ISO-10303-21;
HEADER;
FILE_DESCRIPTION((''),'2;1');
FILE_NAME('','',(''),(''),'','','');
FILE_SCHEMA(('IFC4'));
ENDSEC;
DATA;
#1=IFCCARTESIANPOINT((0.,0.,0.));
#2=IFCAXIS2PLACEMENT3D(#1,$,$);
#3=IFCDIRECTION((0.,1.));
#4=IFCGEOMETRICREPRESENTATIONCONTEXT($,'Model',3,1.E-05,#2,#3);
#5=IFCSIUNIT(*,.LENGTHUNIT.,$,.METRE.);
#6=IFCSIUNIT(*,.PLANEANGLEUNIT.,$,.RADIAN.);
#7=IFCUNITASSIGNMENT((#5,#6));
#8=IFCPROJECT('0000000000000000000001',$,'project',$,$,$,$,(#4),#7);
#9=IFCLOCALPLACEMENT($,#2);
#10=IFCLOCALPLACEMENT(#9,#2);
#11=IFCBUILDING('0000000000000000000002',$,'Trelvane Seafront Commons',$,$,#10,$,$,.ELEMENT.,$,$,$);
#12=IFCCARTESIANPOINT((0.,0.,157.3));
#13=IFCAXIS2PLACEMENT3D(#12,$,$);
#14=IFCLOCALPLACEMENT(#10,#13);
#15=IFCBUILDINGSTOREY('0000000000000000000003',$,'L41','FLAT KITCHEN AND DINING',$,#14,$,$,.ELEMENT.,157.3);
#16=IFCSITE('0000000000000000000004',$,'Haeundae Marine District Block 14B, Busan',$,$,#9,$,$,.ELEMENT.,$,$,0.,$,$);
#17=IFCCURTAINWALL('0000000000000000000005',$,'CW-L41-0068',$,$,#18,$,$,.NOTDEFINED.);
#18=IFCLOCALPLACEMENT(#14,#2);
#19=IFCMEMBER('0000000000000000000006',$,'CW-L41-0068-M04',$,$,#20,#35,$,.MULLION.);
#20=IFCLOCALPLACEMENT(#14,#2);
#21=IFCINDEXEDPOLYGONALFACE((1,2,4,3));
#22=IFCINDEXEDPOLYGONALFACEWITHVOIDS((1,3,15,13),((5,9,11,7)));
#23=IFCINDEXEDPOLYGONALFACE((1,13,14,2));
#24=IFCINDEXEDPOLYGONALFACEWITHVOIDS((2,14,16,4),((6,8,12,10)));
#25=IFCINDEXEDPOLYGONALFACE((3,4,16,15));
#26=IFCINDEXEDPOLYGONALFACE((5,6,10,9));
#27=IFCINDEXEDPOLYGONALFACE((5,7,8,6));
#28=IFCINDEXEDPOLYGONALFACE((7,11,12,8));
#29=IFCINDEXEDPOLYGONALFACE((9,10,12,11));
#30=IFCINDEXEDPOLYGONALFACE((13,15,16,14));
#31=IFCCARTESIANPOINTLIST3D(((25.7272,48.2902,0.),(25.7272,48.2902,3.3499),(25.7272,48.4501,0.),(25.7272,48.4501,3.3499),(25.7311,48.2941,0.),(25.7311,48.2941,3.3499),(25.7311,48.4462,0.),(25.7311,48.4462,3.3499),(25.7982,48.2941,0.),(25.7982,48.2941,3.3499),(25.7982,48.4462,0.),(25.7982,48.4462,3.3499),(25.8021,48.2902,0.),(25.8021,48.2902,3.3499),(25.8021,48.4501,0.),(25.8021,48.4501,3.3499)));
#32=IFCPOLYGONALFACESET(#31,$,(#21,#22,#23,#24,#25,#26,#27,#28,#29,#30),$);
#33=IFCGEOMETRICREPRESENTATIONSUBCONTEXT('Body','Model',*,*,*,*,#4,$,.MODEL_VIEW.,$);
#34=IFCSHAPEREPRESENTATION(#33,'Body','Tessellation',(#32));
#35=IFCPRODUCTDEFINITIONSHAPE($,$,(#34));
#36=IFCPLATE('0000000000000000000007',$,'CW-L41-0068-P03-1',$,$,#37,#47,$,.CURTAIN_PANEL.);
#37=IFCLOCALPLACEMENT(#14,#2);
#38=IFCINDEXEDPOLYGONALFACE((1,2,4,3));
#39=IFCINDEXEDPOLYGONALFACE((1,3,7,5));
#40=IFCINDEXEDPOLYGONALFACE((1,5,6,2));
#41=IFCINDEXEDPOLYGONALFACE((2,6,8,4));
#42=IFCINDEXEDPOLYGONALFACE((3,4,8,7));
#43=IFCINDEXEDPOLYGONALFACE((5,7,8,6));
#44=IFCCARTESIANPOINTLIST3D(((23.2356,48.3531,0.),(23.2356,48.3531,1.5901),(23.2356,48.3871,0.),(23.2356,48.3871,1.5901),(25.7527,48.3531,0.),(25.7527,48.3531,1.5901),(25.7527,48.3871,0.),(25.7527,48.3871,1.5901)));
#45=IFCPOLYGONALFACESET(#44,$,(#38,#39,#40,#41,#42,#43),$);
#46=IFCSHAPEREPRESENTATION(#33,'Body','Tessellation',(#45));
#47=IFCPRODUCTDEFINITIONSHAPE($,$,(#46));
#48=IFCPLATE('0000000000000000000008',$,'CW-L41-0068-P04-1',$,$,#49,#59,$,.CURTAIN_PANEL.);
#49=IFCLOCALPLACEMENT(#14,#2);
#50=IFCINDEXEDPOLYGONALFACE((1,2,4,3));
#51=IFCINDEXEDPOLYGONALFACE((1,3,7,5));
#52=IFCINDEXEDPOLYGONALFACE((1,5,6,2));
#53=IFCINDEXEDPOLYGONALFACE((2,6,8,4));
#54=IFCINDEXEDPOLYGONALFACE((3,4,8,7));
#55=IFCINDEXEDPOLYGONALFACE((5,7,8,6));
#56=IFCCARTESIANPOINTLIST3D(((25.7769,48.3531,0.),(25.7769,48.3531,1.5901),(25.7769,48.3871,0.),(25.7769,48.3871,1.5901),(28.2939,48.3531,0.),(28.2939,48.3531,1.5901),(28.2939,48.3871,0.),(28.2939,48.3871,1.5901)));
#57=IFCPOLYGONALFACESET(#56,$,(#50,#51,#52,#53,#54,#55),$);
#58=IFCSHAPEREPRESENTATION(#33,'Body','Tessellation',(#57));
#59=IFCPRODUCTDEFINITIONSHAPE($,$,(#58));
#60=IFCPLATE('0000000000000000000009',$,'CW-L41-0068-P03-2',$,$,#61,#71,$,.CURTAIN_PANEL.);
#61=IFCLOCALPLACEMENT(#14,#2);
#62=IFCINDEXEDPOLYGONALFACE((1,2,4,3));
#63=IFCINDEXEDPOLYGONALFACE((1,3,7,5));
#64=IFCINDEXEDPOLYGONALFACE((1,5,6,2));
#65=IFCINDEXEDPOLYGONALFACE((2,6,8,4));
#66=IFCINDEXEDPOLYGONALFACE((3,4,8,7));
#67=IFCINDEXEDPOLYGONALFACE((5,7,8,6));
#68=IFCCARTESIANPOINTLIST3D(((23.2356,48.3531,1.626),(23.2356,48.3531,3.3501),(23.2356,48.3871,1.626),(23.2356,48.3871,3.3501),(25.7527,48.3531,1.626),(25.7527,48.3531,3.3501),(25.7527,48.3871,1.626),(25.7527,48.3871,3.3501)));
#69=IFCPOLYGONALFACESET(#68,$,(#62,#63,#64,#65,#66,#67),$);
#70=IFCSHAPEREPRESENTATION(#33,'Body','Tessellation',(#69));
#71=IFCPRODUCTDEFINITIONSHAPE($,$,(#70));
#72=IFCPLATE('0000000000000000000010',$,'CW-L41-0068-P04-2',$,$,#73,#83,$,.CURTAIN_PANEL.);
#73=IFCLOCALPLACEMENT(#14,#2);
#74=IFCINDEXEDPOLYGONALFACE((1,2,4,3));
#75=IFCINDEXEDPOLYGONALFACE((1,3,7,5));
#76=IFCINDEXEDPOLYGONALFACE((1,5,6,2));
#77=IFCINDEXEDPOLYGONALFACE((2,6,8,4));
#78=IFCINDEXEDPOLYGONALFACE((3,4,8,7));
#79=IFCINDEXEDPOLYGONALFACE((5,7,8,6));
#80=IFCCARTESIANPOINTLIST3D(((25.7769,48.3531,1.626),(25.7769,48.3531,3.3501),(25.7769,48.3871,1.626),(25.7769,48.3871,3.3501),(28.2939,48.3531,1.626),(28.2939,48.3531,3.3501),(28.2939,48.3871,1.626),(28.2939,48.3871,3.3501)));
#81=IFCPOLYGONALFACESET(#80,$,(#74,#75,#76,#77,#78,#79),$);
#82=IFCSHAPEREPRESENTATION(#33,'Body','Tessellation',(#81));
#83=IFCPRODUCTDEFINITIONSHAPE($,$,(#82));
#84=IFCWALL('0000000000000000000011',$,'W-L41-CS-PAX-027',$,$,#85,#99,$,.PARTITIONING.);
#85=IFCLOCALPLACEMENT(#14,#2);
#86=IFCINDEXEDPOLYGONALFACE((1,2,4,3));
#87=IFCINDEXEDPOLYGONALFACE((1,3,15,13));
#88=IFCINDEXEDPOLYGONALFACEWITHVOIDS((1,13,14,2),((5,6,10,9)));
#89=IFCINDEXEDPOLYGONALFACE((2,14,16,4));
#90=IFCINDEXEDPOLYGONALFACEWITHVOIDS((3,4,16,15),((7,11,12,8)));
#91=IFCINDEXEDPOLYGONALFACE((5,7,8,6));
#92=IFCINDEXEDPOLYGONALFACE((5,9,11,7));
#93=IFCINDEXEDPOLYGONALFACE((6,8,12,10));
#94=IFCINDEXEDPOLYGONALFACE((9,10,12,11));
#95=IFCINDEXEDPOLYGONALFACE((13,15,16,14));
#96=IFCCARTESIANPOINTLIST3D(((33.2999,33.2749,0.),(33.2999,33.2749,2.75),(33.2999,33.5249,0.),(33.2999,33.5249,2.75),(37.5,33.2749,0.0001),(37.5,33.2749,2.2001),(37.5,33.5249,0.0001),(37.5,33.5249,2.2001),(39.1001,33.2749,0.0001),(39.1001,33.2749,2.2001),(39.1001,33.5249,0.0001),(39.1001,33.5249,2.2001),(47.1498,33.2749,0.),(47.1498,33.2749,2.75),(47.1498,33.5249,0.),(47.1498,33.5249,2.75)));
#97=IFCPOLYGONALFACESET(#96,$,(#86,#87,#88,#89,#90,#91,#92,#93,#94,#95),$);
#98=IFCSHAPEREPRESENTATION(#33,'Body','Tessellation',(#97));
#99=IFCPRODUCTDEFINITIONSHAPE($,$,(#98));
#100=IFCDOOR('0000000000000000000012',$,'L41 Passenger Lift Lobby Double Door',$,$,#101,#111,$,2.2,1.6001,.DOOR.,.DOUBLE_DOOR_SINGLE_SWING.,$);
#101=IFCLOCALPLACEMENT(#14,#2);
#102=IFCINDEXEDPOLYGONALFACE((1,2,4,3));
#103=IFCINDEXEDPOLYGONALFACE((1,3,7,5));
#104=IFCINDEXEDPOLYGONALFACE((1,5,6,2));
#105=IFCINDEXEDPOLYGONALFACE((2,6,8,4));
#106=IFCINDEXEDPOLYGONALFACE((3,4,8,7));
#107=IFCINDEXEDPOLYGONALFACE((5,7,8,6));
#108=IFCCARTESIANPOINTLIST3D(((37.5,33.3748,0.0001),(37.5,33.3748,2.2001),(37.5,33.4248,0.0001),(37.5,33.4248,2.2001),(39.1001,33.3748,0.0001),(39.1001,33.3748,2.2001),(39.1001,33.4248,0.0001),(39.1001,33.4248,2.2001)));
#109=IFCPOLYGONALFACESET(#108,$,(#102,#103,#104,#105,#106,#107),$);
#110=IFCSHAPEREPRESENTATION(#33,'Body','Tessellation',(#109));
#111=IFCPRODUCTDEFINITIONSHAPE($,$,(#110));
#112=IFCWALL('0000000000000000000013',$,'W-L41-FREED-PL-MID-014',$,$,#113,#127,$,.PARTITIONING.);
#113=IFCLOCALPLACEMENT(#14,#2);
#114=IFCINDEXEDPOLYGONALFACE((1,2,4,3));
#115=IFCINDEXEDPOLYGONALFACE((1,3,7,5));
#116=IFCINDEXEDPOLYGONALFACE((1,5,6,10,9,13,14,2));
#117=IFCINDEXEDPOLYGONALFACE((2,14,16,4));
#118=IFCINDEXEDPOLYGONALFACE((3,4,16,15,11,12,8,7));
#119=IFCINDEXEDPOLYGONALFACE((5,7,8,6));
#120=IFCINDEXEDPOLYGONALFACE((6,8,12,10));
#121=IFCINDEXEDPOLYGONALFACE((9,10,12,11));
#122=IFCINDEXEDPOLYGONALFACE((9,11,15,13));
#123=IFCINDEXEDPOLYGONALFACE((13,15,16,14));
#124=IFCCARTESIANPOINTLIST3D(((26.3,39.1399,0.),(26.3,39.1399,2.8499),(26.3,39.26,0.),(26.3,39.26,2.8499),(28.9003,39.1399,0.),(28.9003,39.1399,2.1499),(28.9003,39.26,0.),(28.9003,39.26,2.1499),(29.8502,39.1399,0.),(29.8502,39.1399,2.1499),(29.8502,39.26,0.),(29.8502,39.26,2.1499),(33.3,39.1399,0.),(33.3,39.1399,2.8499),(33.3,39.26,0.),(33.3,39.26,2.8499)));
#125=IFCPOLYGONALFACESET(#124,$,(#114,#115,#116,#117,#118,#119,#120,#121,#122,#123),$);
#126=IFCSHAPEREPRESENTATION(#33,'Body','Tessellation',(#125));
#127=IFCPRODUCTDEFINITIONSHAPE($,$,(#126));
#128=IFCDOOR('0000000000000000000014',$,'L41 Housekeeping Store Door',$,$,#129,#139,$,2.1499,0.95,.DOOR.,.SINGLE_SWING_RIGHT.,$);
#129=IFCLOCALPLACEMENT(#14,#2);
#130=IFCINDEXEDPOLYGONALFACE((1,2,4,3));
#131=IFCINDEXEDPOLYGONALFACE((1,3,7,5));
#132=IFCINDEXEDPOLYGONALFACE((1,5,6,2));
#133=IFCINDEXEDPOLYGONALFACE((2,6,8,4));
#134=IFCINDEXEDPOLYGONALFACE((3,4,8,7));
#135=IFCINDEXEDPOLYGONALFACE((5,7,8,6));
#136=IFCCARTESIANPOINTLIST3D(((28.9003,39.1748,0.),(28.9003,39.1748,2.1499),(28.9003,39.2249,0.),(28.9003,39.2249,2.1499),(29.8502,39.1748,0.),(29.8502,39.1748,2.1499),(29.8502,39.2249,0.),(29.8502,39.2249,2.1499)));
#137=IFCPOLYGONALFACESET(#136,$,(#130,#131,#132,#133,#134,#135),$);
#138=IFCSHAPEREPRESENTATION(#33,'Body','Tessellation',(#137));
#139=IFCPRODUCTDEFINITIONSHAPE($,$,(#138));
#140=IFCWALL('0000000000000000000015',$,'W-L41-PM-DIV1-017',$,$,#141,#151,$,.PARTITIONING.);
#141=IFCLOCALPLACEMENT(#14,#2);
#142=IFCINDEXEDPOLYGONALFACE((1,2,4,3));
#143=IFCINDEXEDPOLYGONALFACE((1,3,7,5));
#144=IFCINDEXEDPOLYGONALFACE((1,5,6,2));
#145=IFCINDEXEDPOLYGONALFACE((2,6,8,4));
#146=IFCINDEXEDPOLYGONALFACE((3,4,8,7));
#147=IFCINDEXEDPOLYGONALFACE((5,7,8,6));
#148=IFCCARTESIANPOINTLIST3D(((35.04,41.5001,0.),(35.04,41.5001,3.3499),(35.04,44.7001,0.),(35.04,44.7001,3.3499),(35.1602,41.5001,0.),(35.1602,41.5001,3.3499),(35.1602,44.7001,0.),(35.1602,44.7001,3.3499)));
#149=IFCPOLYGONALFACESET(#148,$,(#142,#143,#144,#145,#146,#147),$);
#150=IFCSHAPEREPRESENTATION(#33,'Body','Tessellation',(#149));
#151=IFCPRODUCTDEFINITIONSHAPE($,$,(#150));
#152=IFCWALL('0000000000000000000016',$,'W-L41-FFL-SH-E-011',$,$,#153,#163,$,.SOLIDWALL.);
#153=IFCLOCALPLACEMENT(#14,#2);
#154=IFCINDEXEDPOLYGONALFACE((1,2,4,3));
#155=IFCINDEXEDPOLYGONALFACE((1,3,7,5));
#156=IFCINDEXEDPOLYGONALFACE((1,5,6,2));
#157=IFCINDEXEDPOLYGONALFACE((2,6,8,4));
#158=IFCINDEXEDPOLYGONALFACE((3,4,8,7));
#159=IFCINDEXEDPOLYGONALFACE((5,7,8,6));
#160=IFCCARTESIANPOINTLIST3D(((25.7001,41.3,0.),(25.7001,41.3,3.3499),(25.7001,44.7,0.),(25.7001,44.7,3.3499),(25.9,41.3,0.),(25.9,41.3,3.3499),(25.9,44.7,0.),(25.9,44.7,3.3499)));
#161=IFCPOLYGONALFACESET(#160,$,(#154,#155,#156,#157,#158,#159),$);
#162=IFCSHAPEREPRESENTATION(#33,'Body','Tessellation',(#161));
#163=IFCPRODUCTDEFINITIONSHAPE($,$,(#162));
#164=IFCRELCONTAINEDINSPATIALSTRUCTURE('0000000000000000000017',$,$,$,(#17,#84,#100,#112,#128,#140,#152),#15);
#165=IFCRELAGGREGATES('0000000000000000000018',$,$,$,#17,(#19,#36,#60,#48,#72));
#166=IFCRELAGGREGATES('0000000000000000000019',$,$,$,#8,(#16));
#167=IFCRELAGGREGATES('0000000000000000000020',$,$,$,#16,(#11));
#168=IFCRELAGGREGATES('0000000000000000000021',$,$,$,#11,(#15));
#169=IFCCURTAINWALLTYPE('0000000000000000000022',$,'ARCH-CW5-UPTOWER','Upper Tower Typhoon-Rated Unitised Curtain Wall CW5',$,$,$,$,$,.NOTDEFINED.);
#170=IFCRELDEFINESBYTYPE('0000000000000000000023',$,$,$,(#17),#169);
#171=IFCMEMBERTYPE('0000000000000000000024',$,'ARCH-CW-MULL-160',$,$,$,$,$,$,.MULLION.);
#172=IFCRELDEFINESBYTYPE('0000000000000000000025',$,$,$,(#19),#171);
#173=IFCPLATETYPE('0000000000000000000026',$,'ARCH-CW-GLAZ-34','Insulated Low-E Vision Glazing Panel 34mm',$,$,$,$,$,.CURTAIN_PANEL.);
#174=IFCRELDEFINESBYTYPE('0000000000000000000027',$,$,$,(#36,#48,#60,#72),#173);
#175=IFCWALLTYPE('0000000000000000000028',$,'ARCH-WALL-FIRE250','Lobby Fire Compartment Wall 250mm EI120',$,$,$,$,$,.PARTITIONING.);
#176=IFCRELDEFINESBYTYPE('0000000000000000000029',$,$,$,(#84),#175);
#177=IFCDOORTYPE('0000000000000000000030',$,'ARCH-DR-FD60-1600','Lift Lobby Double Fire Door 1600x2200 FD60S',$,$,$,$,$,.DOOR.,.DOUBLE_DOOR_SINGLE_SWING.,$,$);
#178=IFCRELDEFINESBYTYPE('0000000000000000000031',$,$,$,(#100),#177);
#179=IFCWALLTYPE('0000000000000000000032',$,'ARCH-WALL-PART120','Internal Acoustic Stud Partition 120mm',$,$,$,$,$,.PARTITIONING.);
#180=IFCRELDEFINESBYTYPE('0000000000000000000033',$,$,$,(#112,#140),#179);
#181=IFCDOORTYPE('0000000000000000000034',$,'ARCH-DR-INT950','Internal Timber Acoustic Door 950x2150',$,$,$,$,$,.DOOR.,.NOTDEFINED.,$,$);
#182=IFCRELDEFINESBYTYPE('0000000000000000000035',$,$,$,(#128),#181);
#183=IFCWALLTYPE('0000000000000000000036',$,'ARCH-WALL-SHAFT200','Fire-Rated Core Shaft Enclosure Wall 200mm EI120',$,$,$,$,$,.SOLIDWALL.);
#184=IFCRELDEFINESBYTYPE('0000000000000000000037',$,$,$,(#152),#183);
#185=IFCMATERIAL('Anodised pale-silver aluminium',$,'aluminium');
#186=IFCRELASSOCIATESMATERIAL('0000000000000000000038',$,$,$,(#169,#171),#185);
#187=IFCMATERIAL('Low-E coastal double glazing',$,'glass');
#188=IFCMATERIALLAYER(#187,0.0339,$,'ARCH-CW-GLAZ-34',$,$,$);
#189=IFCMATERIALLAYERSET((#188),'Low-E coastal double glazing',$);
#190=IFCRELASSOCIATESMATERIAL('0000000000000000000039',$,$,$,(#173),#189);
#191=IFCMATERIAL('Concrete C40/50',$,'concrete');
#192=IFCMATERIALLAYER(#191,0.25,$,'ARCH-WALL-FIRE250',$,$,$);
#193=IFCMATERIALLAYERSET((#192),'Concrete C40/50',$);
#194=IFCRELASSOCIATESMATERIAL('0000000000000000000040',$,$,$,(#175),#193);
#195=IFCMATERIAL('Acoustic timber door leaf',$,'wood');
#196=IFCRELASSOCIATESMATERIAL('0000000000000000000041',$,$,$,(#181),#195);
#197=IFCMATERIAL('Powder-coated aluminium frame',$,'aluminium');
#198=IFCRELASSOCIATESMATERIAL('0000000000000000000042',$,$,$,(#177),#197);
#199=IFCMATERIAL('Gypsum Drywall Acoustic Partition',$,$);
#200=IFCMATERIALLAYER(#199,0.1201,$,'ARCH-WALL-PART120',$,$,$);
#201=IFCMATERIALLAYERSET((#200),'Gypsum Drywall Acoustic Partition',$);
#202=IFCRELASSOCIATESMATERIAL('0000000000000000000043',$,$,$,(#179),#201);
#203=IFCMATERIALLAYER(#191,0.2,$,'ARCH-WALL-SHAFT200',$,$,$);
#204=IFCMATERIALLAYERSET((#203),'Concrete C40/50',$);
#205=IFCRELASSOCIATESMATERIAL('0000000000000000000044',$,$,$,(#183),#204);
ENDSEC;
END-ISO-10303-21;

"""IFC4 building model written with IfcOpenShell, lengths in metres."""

from ifc_helpers import new_model, si_unit, direction, frame, frame_2d, origin, origin_2d, place, context, subcontext, project, spatial, rectangle, hollow_rectangle, extrude, source, transform, mapped, material, layer, layer_set, material_profile, profile_set, type_object, element, fill, aggregate, save


model = new_model("IFC4")

# Units and contexts
model_context = context("Model", 3, precision=1e-05, world=origin(), true_north=direction((0.0, 1.0)))
body_context = subcontext(model_context, "Body", "Model", "MODEL_VIEW")
ifc_project = project(units=[si_unit("LENGTHUNIT", "METRE"), si_unit("PLANEANGLEUNIT", "RADIAN")], contexts=[model_context])

# Site, building, storey
site_placement = place(None, origin())
site = spatial("IfcSite", under=ifc_project, at=site_placement, Name="Haeundae Marine District Block 14B, Busan", CompositionType="ELEMENT", RefElevation=0.0)
building_placement = place(site_placement, origin())
building = spatial("IfcBuilding", under=site, at=building_placement, Name="Trelvane Seafront Commons", CompositionType="ELEMENT")
storey_placement = place(building_placement, frame((0.0, 0.0, 157.3)))
storey = spatial("IfcBuildingStorey", under=building, at=storey_placement, Name="L41", Description="FLAT KITCHEN AND DINING", CompositionType="ELEMENT", Elevation=157.3)

# Curtain wall, member, plates
ifc_material_1 = material(Name="Anodised pale-silver aluminium", Category="aluminium")
curtain_wall_type = type_object("IfcCurtainWallType", Name="ARCH-CW5-UPTOWER", Description="Upper Tower Typhoon-Rated Unitised Curtain Wall CW5", PredefinedType="NOTDEFINED", material=ifc_material_1)
curtain_wall_placement = place(storey_placement, origin())
curtain_wall = element("IfcCurtainWall", 1, at=curtain_wall_placement, inside=storey, type_object=curtain_wall_type, Name="CW-L41-0068", PredefinedType="NOTDEFINED")
ifc_material_profile_1 = material_profile(ifc_material_1, hollow_rectangle(XDim=0.075, YDim=0.1599, WallThickness=0.0039, at=origin_2d()), Name="MULL-75x160x4")
ifc_profile_set_1 = profile_set([ifc_material_profile_1], Name="Anodised pale-silver aluminium")
member_type_1 = type_object("IfcMemberType", Name="ARCH-CW-MULL-160", PredefinedType="MULLION", material=ifc_profile_set_1)
shared_shape_1 = source(origin(), body_context, "Body", "SweptSolid", [
    extrude(hollow_rectangle(XDim=0.075, YDim=0.1599, WallThickness=0.0039, at=origin_2d()), origin(), (0.0, 0.0, 1.0), 3.3499),
])
member_1_placement = place(storey_placement, frame((25.7646, 48.3701, 0.0), z_axis=(0.0, 0.0, 1.0), x_axis=(1.0, 0.0, 0.0)))
member_1 = element("IfcMember", 2, at=member_1_placement, type_object=member_type_1, Name="CW-L41-0068-M04", PredefinedType="MULLION", context=body_context, shape_type="MappedRepresentation", body=[
    mapped(shared_shape_1, transform((0.0, 0.0, 0.0), x_axis=(1.0, 0.0, 0.0), y_axis=(0.0, 1.0, 0.0), z_axis=(0.0, 0.0, 1.0), scale=1.0)),
])
ifc_material_2 = material(Name="Low-E coastal double glazing", Category="glass")
ifc_layer_1 = layer(ifc_material_2, 0.0339, Name="ARCH-CW-GLAZ-34")
ifc_layer_set_1 = layer_set([ifc_layer_1], Name="Low-E coastal double glazing")
plate_type = type_object("IfcPlateType", Name="ARCH-CW-GLAZ-34", Description="Insulated Low-E Vision Glazing Panel 34mm", PredefinedType="CURTAIN_PANEL", material=ifc_layer_set_1)
shared_shape_2 = source(origin(), body_context, "Body", "SweptSolid", [
    extrude(rectangle(XDim=2.5171, YDim=0.0339, at=origin_2d()), origin(), (0.0, 0.0, 1.0), 1.5901),
])
plate_1_placement = place(storey_placement, frame((24.4941, 48.3701, 0.0), z_axis=(0.0, 0.0, 1.0), x_axis=(1.0, 0.0, 0.0)))
plate_1 = element("IfcPlate", 3, at=plate_1_placement, type_object=plate_type, Name="CW-L41-0068-P03-1", PredefinedType="CURTAIN_PANEL", context=body_context, shape_type="MappedRepresentation", body=[
    mapped(shared_shape_2, transform((0.0, 0.0, 0.0), x_axis=(1.0, 0.0, 0.0), y_axis=(0.0, 1.0, 0.0), z_axis=(0.0, 0.0, 1.0), scale=1.0)),
])
plate_2_placement = place(storey_placement, frame((27.0354, 48.3701, 0.0), z_axis=(0.0, 0.0, 1.0), x_axis=(1.0, 0.0, 0.0)))
plate_2 = element("IfcPlate", 4, at=plate_2_placement, type_object=plate_type, Name="CW-L41-0068-P04-1", PredefinedType="CURTAIN_PANEL", context=body_context, shape_type="MappedRepresentation", body=[
    mapped(shared_shape_2, transform((0.0, 0.0, 0.0), x_axis=(1.0, 0.0, 0.0), y_axis=(0.0, 1.0, 0.0), z_axis=(0.0, 0.0, 1.0), scale=1.0)),
])
shared_shape_3 = source(origin(), body_context, "Body", "SweptSolid", [
    extrude(rectangle(XDim=2.5171, YDim=0.0339, at=origin_2d()), origin(), (0.0, 0.0, 1.0), 1.7241),
])
plate_3_placement = place(storey_placement, frame((24.4941, 48.3701, 1.626), z_axis=(0.0, 0.0, 1.0), x_axis=(1.0, 0.0, 0.0)))
plate_3 = element("IfcPlate", 5, at=plate_3_placement, type_object=plate_type, Name="CW-L41-0068-P03-2", PredefinedType="CURTAIN_PANEL", context=body_context, shape_type="MappedRepresentation", body=[
    mapped(shared_shape_3, transform((0.0, 0.0, 0.0), x_axis=(1.0, 0.0, 0.0), y_axis=(0.0, 1.0, 0.0), z_axis=(0.0, 0.0, 1.0), scale=1.0)),
])
plate_4_placement = place(storey_placement, frame((27.0354, 48.3701, 1.626), z_axis=(0.0, 0.0, 1.0), x_axis=(1.0, 0.0, 0.0)))
plate_4 = element("IfcPlate", 6, at=plate_4_placement, type_object=plate_type, Name="CW-L41-0068-P04-2", PredefinedType="CURTAIN_PANEL", context=body_context, shape_type="MappedRepresentation", body=[
    mapped(shared_shape_3, transform((0.0, 0.0, 0.0), x_axis=(1.0, 0.0, 0.0), y_axis=(0.0, 1.0, 0.0), z_axis=(0.0, 0.0, 1.0), scale=1.0)),
])
aggregate(curtain_wall, [member_1, plate_1, plate_3, plate_2, plate_4])

# Walls, openings, doors
ifc_material_3 = material(Name="Concrete C40/50", Category="concrete")
ifc_layer_2 = layer(ifc_material_3, 0.25, Name="ARCH-WALL-FIRE250")
ifc_layer_set_2 = layer_set([ifc_layer_2], Name="Concrete C40/50")
wall_type_1 = type_object("IfcWallType", Name="ARCH-WALL-FIRE250", Description="Lobby Fire Compartment Wall 250mm EI120", PredefinedType="PARTITIONING", material=ifc_layer_set_2)
ifc_material_4 = material(Name="Acoustic timber door leaf", Category="wood")
door_type_1 = type_object("IfcDoorType", Name="ARCH-DR-INT950", Description="Internal Timber Acoustic Door 950x2150", OperationType="NOTDEFINED", PredefinedType="DOOR", material=ifc_material_4)
shared_shape_4 = source(origin(), body_context, "Body", "SweptSolid", [
    extrude(rectangle(XDim=0.95, YDim=2.1499, at=frame_2d((0.4751, 1.075))), frame((0.0, 0.0249, 0.0), z_axis=(0.0, -1.0, 0.0), x_axis=(1.0, 0.0, 0.0)), (0.0, 0.0, 1.0), 0.05),
])
wall_1_placement = place(storey_placement, frame((33.3, 33.3999, 0.0), z_axis=(0.0, 0.0, 1.0), x_axis=(1.0, 0.0, 0.0)))
wall_1 = element("IfcWall", 7, at=wall_1_placement, inside=storey, type_object=wall_type_1, Name="W-L41-CS-PAX-027", PredefinedType="PARTITIONING", context=body_context, shape_type="SweptSolid", body=[
    extrude(rectangle(XDim=13.8499, YDim=0.25, at=frame_2d((6.9248, 0.0))), origin(), (0.0, 0.0, 1.0), 2.75),
])
opening_1_placement = place(wall_1_placement, frame((4.2, 0.0, 0.0)))
opening_1 = element("IfcOpeningElement", 8, at=opening_1_placement, cuts=wall_1, PredefinedType="OPENING", context=body_context, shape_type="SweptSolid", body=[
    extrude(rectangle(XDim=1.6001, YDim=2.2, at=frame_2d((0.8, 1.1001))), frame((0.0, 0.135, 0.0), z_axis=(0.0, -1.0, 0.0), x_axis=(1.0, 0.0, 0.0)), (0.0, 0.0, 1.0), 0.27),
])
ifc_material_5 = material(Name="Powder-coated aluminium frame", Category="aluminium")
door_type_2 = type_object("IfcDoorType", Name="ARCH-DR-FD60-1600", Description="Lift Lobby Double Fire Door 1600x2200 FD60S", OperationType="DOUBLE_DOOR_SINGLE_SWING", PredefinedType="DOOR", material=ifc_material_5)
shared_shape_5 = source(origin(), body_context, "Body", "SweptSolid", [
    extrude(rectangle(XDim=1.6001, YDim=2.2, at=frame_2d((0.8, 1.1001))), frame((0.0, 0.0249, 0.0), z_axis=(0.0, -1.0, 0.0), x_axis=(1.0, 0.0, 0.0)), (0.0, 0.0, 1.0), 0.05),
])
door_1_placement = place(opening_1_placement, origin())
door_1 = element("IfcDoor", 9, at=door_1_placement, inside=storey, type_object=door_type_2, Name="L41 Passenger Lift Lobby Double Door", OperationType="DOUBLE_DOOR_SINGLE_SWING", OverallHeight=2.2, OverallWidth=1.6001, PredefinedType="DOOR", context=body_context, shape_type="MappedRepresentation", body=[
    mapped(shared_shape_5, transform((0.0, 0.0, 0.0), x_axis=(1.0, 0.0, 0.0), y_axis=(0.0, 1.0, 0.0), z_axis=(0.0, 0.0, 1.0), scale=1.0)),
])
fill(opening_1, door_1)
ifc_material_6 = material(Name="Gypsum Drywall Acoustic Partition")
ifc_layer_3 = layer(ifc_material_6, 0.1201, Name="ARCH-WALL-PART120")
ifc_layer_set_3 = layer_set([ifc_layer_3], Name="Gypsum Drywall Acoustic Partition")
wall_type_2 = type_object("IfcWallType", Name="ARCH-WALL-PART120", Description="Internal Acoustic Stud Partition 120mm", PredefinedType="PARTITIONING", material=ifc_layer_set_3)
wall_2_placement = place(storey_placement, frame((26.3, 39.2, 0.0), z_axis=(0.0, 0.0, 1.0), x_axis=(1.0, 0.0, 0.0)))
wall_2 = element("IfcWall", 10, at=wall_2_placement, inside=storey, type_object=wall_type_2, Name="W-L41-FREED-PL-MID-014", PredefinedType="PARTITIONING", context=body_context, shape_type="SweptSolid", body=[
    extrude(rectangle(XDim=7.0, YDim=0.1201, at=frame_2d((3.5, 0.0))), origin(), (0.0, 0.0, 1.0), 2.8499),
])
opening_2_placement = place(wall_2_placement, frame((2.6001, 0.0, 0.0)))
opening_2 = element("IfcOpeningElement", 11, at=opening_2_placement, cuts=wall_2, PredefinedType="OPENING", context=body_context, shape_type="SweptSolid", body=[
    extrude(rectangle(XDim=0.95, YDim=2.1499, at=frame_2d((0.4751, 1.075))), frame((0.0, 0.0701, 0.0), z_axis=(0.0, -1.0, 0.0), x_axis=(1.0, 0.0, 0.0)), (0.0, 0.0, 1.0), 0.1401),
])
door_2_placement = place(opening_2_placement, origin())
door_2 = element("IfcDoor", 12, at=door_2_placement, inside=storey, type_object=door_type_1, Name="L41 Housekeeping Store Door", OperationType="SINGLE_SWING_RIGHT", OverallHeight=2.1499, OverallWidth=0.95, PredefinedType="DOOR", context=body_context, shape_type="MappedRepresentation", body=[
    mapped(shared_shape_4, transform((0.0, 0.0, 0.0), x_axis=(1.0, 0.0, 0.0), y_axis=(0.0, 1.0, 0.0), z_axis=(0.0, 0.0, 1.0), scale=1.0)),
])
fill(opening_2, door_2)

# Walls
wall_3_placement = place(storey_placement, frame((35.1001, 41.5, 0.0), z_axis=(0.0, 0.0, 1.0), x_axis=(0.0, 1.0, 0.0)))
element("IfcWall", 13, at=wall_3_placement, inside=storey, type_object=wall_type_2, Name="W-L41-PM-DIV1-017", PredefinedType="PARTITIONING", context=body_context, shape_type="SweptSolid", body=[
    extrude(rectangle(XDim=3.2, YDim=0.1201, at=frame_2d((1.6001, 0.0))), origin(), (0.0, 0.0, 1.0), 3.3499),
])
ifc_layer_4 = layer(ifc_material_3, 0.2, Name="ARCH-WALL-SHAFT200")
ifc_layer_set_4 = layer_set([ifc_layer_4], Name="Concrete C40/50")
wall_type_3 = type_object("IfcWallType", Name="ARCH-WALL-SHAFT200", Description="Fire-Rated Core Shaft Enclosure Wall 200mm EI120", PredefinedType="SOLIDWALL", material=ifc_layer_set_4)
wall_4_placement = place(storey_placement, frame((25.8, 41.3, 0.0), z_axis=(0.0, 0.0, 1.0), x_axis=(0.0, 1.0, 0.0)))
element("IfcWall", 14, at=wall_4_placement, inside=storey, type_object=wall_type_3, Name="W-L41-FFL-SH-E-011", PredefinedType="SOLIDWALL", context=body_context, shape_type="SweptSolid", body=[
    extrude(rectangle(XDim=3.3999, YDim=0.2, at=frame_2d((1.7, 0.0))), origin(), (0.0, 0.0, 1.0), 3.3499),
])

save(model, "model.ifc")
